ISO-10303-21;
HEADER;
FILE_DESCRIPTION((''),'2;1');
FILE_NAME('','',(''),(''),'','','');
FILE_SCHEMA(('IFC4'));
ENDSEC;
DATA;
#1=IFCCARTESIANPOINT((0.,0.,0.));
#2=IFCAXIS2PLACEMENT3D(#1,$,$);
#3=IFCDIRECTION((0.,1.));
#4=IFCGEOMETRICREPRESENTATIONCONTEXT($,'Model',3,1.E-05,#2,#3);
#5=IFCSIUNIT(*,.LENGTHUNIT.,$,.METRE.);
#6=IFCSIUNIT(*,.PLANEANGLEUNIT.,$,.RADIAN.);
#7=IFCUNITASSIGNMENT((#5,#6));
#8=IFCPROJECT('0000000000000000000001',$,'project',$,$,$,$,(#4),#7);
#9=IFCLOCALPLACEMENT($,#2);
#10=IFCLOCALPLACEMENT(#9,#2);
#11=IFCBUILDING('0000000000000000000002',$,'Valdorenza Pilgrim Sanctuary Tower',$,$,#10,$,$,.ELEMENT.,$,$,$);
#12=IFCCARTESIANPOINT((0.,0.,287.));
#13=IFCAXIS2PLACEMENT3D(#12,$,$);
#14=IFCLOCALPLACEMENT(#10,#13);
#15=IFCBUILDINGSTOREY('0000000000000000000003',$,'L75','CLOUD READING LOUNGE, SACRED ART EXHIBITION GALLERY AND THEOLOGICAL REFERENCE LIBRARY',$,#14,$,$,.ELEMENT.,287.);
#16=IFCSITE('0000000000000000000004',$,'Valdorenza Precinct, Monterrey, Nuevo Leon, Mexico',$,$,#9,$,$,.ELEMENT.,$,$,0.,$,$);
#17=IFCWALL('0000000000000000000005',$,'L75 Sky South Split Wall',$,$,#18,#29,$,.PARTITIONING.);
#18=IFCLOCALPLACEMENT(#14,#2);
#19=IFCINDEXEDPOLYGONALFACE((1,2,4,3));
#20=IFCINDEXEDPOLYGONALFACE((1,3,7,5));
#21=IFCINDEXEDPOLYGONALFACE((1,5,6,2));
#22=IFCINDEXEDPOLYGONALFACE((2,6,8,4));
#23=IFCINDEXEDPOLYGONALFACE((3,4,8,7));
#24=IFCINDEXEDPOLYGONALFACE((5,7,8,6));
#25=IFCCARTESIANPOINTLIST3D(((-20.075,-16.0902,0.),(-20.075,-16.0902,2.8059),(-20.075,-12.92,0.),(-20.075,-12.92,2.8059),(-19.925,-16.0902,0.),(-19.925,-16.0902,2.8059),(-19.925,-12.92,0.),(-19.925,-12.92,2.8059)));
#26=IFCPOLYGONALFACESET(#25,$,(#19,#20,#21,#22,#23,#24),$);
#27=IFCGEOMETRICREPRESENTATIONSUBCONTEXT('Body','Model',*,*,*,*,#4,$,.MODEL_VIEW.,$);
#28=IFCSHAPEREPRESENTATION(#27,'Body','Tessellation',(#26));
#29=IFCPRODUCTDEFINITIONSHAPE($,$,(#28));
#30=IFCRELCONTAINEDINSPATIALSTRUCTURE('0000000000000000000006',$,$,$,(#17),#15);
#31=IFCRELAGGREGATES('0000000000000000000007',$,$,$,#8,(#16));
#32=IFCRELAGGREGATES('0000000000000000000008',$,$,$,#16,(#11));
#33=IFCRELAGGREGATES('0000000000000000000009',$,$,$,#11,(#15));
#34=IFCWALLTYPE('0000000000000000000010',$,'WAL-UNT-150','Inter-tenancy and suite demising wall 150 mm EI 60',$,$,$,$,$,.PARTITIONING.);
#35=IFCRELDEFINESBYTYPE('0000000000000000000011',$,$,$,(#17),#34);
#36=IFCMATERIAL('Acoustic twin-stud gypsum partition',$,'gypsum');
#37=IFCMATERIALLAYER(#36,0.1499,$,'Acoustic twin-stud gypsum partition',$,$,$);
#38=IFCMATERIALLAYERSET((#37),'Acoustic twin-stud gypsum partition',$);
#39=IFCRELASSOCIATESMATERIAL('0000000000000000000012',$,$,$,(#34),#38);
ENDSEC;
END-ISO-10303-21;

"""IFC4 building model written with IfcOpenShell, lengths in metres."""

from ifc_helpers import new_model, si_unit, direction, frame, frame_2d, origin, place, context, subcontext, project, spatial, rectangle, extrude, material, layer, layer_set, type_object, element, save


model = new_model("IFC4")

# Units and contexts
model_context = context("Model", 3, precision=1e-05, world=origin(), true_north=direction((0.0, 1.0)))
body_context = subcontext(model_context, "Body", "Model", "MODEL_VIEW")
ifc_project = project(units=[si_unit("LENGTHUNIT", "METRE"), si_unit("PLANEANGLEUNIT", "RADIAN")], contexts=[model_context])

# Site, building, storey
site_placement = place(None, origin())
site = spatial("IfcSite", under=ifc_project, at=site_placement, Name="Valdorenza Precinct, Monterrey, Nuevo Leon, Mexico", CompositionType="ELEMENT", RefElevation=0.0)
building_placement = place(site_placement, origin())
building = spatial("IfcBuilding", under=site, at=building_placement, Name="Valdorenza Pilgrim Sanctuary Tower", CompositionType="ELEMENT")
storey_placement = place(building_placement, frame((0.0, 0.0, 287.0)))
storey = spatial("IfcBuildingStorey", under=building, at=storey_placement, Name="L75", Description="CLOUD READING LOUNGE, SACRED ART EXHIBITION GALLERY AND THEOLOGICAL REFERENCE LIBRARY", CompositionType="ELEMENT", Elevation=287.0)

# Shared definitions
ifc_material_1 = material(Name="Acoustic twin-stud gypsum partition", Category="gypsum")

# Wall
ifc_layer_1 = layer(ifc_material_1, 0.1499, Name="Acoustic twin-stud gypsum partition")
ifc_layer_set_1 = layer_set([ifc_layer_1], Name="Acoustic twin-stud gypsum partition")
wall_type_1 = type_object("IfcWallType", Name="WAL-UNT-150", Description="Inter-tenancy and suite demising wall 150 mm EI 60", PredefinedType="PARTITIONING", material=ifc_layer_set_1)
wall_1_placement = place(storey_placement, frame((-20.0, -16.0901, 0.0), z_axis=(0.0, 0.0, 1.0), x_axis=(0.0, 1.0, 0.0)))
element("IfcWall", 1, at=wall_1_placement, inside=storey, type_object=wall_type_1, Name="L75 Sky South Split Wall", PredefinedType="PARTITIONING", context=body_context, shape_type="SweptSolid", body=[
    extrude(rectangle(XDim=3.1702, YDim=0.1499, at=frame_2d((1.585, 0.0))), origin(), (0.0, 0.0, 1.0), 2.8059),
])

save(model, "model.ifc")
